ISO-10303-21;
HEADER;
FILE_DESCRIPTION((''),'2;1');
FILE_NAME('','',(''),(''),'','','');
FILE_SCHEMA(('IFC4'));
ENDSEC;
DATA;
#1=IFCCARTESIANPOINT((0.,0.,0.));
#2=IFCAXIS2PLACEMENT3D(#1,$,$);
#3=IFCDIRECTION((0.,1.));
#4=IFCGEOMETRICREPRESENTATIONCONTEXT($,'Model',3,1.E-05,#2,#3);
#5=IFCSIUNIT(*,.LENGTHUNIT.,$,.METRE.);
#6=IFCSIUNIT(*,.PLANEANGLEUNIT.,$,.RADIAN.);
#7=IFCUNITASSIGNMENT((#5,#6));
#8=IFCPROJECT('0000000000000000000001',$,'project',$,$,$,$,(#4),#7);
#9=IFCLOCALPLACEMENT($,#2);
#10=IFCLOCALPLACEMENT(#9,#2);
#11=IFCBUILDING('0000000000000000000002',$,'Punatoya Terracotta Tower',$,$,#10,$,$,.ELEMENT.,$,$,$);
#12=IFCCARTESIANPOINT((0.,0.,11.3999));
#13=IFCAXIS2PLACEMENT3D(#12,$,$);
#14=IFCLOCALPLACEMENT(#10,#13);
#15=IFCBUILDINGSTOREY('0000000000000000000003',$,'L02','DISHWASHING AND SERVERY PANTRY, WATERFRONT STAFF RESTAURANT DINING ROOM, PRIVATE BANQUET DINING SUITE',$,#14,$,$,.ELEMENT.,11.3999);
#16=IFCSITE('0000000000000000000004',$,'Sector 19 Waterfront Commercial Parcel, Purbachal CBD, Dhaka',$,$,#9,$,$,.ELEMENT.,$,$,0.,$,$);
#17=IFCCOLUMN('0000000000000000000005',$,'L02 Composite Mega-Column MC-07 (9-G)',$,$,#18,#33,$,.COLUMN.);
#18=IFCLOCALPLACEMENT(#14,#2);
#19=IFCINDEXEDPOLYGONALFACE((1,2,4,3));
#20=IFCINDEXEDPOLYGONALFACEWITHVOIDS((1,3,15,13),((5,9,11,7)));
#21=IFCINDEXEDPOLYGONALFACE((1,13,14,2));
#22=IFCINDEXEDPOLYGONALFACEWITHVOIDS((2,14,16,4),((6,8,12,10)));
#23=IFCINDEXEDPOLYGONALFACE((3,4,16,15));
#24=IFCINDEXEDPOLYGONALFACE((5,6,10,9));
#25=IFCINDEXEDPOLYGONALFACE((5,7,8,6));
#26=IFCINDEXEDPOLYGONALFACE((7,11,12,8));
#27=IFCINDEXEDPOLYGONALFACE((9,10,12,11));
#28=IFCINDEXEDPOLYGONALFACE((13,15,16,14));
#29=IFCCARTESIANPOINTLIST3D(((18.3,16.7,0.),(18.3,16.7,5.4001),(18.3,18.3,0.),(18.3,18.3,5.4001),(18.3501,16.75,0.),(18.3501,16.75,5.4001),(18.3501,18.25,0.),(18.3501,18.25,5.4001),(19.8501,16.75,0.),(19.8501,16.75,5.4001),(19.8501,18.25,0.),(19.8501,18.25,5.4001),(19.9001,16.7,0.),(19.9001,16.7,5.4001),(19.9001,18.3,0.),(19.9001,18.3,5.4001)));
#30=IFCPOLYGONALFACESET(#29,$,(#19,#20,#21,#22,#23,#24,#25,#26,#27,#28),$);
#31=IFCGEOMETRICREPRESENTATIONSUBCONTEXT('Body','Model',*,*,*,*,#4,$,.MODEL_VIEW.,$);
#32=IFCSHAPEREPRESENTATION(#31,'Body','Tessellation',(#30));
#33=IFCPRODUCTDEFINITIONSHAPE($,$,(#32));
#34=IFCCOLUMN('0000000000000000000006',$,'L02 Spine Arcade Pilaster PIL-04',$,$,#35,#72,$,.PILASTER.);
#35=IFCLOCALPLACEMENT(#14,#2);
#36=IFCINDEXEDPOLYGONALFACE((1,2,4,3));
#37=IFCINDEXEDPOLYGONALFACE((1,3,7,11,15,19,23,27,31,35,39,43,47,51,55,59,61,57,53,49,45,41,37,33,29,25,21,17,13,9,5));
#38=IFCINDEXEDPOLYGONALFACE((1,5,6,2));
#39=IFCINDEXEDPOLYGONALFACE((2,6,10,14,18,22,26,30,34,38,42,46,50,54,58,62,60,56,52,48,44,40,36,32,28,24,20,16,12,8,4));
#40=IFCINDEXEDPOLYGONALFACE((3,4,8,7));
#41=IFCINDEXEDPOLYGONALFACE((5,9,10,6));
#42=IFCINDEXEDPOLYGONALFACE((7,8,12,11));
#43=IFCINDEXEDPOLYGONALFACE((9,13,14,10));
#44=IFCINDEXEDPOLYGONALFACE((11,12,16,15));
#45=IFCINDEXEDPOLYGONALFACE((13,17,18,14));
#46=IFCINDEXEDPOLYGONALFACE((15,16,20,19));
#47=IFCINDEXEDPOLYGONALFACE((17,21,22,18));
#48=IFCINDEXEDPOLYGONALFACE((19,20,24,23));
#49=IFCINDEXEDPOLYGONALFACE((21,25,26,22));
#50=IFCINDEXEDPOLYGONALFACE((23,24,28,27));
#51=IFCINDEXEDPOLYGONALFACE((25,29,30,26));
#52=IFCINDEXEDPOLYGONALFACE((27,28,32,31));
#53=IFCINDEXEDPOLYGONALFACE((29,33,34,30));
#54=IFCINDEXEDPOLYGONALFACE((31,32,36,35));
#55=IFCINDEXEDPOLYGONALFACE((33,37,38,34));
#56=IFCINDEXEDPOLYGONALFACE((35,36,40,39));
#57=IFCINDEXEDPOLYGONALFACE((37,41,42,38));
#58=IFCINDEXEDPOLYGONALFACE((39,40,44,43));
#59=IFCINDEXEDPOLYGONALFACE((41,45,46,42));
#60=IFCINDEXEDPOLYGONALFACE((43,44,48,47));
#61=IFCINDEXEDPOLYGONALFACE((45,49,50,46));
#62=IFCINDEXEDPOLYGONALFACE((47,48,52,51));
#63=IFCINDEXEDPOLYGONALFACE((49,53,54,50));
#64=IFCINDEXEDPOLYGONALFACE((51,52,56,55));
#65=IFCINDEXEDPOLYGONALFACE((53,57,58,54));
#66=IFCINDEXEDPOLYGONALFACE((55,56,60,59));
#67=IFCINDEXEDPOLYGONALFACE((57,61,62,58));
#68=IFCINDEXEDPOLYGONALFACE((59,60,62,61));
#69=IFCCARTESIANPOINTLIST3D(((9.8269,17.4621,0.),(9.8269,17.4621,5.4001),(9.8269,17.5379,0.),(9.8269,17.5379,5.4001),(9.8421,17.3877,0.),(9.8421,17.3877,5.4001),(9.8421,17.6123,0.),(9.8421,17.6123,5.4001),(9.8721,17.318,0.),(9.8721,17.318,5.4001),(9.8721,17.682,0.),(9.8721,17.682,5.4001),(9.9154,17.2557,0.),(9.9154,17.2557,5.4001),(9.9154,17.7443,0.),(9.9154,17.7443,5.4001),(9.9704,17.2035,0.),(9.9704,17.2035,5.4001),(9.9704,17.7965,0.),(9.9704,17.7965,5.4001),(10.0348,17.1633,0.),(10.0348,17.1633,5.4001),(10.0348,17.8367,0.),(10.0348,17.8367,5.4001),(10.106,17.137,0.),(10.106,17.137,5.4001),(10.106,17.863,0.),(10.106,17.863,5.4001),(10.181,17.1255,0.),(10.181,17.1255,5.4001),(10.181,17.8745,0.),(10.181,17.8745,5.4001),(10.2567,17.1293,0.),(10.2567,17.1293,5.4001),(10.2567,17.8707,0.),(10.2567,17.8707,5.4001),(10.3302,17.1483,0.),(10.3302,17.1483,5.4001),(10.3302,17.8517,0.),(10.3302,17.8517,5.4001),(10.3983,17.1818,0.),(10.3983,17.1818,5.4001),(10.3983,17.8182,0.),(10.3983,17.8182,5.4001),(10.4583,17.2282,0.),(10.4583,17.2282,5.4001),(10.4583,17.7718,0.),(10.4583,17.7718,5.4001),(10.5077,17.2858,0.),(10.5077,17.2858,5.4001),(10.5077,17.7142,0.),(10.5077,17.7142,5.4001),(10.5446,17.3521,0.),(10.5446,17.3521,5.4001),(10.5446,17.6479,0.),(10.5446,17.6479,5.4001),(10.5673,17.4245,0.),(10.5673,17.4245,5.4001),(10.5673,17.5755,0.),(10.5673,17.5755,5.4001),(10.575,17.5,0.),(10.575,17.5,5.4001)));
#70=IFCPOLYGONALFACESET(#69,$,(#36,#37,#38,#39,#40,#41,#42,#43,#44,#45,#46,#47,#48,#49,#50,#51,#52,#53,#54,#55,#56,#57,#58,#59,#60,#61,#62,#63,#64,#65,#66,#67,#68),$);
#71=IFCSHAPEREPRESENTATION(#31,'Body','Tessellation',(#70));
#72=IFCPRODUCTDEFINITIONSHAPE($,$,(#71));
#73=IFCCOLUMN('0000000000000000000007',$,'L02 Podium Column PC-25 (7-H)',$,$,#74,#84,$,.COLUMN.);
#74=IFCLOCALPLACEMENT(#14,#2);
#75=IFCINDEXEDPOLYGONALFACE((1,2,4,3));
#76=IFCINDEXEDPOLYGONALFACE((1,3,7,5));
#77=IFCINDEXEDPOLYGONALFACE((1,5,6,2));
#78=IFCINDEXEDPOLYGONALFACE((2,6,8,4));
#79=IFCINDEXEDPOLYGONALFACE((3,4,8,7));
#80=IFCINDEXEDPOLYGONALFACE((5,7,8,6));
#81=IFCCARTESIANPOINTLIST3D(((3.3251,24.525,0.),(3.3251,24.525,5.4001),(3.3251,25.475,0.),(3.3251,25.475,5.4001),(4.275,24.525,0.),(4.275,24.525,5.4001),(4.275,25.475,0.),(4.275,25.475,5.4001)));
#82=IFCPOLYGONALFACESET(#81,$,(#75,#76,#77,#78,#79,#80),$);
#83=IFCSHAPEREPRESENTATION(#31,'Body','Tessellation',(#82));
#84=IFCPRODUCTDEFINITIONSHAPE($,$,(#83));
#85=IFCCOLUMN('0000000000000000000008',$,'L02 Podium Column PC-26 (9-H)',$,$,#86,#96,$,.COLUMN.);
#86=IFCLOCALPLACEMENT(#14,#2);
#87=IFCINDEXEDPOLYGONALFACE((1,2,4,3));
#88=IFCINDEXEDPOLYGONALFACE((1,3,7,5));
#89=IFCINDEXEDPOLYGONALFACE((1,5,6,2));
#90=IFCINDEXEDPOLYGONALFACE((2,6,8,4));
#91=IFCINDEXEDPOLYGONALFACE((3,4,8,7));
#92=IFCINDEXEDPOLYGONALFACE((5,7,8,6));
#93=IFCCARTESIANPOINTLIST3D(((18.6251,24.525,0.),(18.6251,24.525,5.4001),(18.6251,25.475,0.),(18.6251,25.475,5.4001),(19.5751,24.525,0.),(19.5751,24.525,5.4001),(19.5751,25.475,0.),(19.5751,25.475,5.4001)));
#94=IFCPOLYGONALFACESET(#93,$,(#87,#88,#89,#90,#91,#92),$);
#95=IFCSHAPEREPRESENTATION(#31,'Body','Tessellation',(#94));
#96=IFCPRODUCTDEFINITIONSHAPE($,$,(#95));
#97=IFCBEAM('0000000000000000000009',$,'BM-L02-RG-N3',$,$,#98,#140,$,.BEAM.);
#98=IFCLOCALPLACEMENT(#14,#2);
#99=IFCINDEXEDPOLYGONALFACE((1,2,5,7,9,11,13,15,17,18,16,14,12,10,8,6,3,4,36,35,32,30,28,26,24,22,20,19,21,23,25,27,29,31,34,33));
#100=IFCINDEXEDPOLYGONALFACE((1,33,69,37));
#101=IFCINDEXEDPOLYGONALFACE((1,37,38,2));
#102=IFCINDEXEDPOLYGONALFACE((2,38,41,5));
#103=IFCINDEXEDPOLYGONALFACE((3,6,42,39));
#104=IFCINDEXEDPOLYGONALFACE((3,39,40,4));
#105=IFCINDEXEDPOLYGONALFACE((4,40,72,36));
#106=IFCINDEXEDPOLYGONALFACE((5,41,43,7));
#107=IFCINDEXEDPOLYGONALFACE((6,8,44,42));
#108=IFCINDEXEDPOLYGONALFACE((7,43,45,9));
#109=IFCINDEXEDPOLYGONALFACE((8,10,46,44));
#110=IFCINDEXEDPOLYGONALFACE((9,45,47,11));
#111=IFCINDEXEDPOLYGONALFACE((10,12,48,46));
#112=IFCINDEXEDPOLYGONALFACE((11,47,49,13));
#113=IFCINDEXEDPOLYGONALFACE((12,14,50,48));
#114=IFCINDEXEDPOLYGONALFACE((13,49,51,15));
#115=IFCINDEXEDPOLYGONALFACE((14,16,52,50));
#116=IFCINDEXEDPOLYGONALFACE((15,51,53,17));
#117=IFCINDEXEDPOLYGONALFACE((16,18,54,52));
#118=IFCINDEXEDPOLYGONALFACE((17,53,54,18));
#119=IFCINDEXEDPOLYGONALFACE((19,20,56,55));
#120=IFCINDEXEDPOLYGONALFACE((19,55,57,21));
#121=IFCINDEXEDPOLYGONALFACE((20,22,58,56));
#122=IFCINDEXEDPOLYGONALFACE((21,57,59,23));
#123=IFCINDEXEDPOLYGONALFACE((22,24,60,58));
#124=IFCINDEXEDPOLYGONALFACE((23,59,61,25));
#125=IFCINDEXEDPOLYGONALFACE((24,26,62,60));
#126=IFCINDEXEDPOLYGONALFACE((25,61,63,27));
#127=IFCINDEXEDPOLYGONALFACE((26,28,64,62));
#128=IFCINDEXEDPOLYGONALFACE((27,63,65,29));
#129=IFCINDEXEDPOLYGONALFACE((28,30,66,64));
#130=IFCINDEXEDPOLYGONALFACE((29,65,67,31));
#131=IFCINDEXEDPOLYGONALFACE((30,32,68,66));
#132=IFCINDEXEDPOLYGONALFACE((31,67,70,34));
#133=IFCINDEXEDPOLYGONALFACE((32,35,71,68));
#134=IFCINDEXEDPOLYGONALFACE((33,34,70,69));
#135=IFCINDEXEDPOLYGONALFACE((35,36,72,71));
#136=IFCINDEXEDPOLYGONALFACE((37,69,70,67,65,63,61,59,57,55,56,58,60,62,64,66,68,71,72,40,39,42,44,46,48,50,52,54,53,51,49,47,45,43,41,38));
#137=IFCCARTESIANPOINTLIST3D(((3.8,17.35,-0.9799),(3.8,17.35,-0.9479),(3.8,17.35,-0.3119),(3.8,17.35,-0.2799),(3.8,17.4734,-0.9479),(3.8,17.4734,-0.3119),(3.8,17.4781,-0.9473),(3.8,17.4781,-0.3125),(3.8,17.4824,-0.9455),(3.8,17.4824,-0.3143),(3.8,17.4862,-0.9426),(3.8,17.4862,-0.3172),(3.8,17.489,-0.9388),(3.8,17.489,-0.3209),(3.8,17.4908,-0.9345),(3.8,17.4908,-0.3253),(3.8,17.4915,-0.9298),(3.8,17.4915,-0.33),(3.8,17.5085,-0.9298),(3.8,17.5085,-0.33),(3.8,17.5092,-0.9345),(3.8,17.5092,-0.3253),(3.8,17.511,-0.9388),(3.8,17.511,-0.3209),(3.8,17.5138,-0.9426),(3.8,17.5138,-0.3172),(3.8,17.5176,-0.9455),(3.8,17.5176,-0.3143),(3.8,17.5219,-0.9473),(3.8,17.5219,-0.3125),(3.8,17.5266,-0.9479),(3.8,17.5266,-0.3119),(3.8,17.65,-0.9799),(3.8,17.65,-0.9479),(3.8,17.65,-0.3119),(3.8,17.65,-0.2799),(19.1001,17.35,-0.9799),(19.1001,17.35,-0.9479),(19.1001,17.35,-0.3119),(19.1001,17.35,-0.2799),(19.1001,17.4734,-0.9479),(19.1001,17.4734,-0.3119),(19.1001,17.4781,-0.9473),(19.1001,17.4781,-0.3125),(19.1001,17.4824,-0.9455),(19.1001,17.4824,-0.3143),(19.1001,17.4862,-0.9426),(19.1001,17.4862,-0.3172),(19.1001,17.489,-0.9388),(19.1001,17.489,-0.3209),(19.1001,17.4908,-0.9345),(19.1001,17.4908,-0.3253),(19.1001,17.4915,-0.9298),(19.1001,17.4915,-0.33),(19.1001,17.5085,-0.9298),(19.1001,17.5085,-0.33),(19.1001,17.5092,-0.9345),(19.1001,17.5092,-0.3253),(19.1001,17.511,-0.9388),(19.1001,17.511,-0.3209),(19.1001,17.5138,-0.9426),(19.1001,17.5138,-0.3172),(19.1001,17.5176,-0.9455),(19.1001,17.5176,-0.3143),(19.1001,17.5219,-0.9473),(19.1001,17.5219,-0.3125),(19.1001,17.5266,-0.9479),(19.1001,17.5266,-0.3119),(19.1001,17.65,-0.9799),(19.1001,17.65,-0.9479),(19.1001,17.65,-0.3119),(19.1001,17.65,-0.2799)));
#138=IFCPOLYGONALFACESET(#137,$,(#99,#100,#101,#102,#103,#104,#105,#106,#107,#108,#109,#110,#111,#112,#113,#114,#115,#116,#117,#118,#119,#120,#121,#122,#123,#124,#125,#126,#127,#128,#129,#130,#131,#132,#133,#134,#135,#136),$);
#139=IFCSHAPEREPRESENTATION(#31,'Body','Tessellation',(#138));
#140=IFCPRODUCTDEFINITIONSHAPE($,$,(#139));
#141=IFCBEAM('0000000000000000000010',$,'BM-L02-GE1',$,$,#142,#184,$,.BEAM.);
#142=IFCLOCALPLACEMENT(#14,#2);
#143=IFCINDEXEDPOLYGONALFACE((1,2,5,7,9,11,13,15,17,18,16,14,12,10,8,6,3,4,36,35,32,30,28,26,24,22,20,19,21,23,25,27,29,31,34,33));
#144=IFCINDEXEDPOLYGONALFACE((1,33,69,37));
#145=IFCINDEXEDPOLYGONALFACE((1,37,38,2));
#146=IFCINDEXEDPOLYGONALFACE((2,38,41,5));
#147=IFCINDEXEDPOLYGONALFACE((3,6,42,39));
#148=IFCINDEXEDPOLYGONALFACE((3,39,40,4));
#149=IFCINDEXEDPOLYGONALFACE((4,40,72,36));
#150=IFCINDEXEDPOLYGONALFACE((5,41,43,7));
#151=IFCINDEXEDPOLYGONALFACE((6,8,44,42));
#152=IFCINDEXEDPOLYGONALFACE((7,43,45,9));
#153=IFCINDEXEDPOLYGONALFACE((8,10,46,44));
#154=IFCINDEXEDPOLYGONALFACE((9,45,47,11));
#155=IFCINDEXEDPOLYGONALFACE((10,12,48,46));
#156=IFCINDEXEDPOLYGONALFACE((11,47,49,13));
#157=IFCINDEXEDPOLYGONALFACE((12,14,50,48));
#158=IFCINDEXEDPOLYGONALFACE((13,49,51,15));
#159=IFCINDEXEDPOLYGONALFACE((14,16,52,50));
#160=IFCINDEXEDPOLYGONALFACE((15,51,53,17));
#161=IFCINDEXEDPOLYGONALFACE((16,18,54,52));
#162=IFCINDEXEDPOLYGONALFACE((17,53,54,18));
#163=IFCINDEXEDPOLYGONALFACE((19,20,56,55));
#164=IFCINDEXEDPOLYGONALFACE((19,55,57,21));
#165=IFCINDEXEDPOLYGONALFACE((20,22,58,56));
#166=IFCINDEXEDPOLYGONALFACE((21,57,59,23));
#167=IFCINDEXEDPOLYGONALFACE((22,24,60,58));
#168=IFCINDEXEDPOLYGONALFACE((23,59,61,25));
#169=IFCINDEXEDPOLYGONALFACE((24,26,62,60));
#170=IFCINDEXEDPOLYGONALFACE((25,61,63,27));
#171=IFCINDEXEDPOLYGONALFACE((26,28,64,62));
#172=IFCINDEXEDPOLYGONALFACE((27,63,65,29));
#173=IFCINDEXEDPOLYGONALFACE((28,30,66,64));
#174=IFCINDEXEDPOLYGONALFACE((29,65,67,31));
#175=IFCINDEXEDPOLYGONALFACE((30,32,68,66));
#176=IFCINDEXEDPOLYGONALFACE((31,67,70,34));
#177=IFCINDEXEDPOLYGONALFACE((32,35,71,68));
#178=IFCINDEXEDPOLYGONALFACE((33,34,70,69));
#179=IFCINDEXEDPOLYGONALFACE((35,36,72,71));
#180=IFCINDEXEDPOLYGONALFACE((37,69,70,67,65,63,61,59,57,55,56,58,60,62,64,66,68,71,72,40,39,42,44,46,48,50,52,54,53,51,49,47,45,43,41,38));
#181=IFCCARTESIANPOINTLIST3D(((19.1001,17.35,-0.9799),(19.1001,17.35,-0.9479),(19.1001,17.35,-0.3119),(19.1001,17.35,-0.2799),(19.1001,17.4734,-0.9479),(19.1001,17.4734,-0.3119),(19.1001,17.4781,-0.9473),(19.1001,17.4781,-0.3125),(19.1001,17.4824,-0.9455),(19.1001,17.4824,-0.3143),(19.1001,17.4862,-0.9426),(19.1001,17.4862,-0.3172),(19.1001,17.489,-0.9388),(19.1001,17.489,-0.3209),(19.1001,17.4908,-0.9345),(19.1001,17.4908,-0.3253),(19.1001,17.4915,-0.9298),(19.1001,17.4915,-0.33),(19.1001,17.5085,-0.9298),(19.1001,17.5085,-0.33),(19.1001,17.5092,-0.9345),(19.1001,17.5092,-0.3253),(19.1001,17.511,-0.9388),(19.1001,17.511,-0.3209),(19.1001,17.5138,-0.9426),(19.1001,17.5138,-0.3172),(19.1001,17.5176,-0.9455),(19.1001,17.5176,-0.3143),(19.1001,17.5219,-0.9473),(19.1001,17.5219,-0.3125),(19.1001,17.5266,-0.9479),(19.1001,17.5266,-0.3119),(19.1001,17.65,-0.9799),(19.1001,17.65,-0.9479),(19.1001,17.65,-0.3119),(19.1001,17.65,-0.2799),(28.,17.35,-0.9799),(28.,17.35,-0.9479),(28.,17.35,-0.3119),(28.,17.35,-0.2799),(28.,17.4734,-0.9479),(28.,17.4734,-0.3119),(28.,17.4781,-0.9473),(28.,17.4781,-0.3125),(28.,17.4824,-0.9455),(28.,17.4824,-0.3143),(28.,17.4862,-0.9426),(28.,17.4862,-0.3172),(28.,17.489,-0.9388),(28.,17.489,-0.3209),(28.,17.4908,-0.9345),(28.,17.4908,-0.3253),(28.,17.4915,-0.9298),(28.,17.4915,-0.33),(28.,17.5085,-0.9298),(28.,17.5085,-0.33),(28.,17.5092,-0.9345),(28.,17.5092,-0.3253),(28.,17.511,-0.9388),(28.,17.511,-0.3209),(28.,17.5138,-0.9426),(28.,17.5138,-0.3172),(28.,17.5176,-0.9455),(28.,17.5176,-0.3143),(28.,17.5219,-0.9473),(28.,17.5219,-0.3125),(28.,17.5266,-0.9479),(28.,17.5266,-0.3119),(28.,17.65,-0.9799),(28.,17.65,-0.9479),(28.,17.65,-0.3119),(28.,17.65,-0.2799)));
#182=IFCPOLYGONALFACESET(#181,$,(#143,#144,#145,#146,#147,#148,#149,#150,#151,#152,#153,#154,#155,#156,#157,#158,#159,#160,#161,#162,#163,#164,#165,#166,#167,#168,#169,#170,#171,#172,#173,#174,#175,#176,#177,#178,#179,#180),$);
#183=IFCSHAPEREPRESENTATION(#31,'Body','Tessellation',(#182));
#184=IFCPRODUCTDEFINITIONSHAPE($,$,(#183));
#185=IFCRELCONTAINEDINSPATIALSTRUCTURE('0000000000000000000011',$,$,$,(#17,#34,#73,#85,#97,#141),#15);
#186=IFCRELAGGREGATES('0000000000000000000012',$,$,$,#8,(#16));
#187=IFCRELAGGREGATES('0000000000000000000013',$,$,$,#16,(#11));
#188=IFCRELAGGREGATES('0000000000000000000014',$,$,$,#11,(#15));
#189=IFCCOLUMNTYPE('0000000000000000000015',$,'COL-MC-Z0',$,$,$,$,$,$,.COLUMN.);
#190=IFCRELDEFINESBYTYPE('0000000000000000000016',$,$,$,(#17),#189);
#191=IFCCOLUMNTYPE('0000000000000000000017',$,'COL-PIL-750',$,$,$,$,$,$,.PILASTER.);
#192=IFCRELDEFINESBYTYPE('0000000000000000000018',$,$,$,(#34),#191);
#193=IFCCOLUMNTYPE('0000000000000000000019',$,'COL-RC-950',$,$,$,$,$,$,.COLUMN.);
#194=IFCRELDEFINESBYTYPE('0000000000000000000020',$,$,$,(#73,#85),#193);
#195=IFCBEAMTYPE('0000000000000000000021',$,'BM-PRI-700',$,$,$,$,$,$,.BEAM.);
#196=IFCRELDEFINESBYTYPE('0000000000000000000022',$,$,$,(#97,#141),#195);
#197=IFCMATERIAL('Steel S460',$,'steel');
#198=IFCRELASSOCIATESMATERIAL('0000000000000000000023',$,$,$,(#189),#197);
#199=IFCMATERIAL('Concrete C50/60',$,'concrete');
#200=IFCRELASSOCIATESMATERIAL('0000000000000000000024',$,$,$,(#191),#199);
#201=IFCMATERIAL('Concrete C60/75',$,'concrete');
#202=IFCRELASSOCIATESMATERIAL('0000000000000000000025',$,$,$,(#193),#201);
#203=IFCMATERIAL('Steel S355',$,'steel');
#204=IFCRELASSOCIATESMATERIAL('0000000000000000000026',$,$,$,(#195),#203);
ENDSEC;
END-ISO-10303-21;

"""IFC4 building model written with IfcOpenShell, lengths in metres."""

from ifc_helpers import new_model, si_unit, direction, frame, origin, origin_2d, place, context, subcontext, project, spatial, rectangle, hollow_rectangle, circle, i_section, extrude, material, material_profile, profile_set, type_object, element, save


model = new_model("IFC4")

# Units and contexts
model_context = context("Model", 3, precision=1e-05, world=origin(), true_north=direction((0.0, 1.0)))
body_context = subcontext(model_context, "Body", "Model", "MODEL_VIEW")
ifc_project = project(units=[si_unit("LENGTHUNIT", "METRE"), si_unit("PLANEANGLEUNIT", "RADIAN")], contexts=[model_context])

# Site, building, storey
site_placement = place(None, origin())
site = spatial("IfcSite", under=ifc_project, at=site_placement, Name="Sector 19 Waterfront Commercial Parcel, Purbachal CBD, Dhaka", CompositionType="ELEMENT", RefElevation=0.0)
building_placement = place(site_placement, origin())
building = spatial("IfcBuilding", under=site, at=building_placement, Name="Punatoya Terracotta Tower", CompositionType="ELEMENT")
storey_placement = place(building_placement, frame((0.0, 0.0, 11.3999)))
storey = spatial("IfcBuildingStorey", under=building, at=storey_placement, Name="L02", Description="DISHWASHING AND SERVERY PANTRY, WATERFRONT STAFF RESTAURANT DINING ROOM, PRIVATE BANQUET DINING SUITE", CompositionType="ELEMENT", Elevation=11.3999)

# Columns
ifc_material_1 = material(Name="Steel S460", Category="steel")
ifc_material_profile_1 = material_profile(ifc_material_1, hollow_rectangle(XDim=1.6001, YDim=1.6001, WallThickness=0.05, at=origin_2d()))
ifc_profile_set_1 = profile_set([ifc_material_profile_1], Name="Steel S460")
column_type_1 = type_object("IfcColumnType", Name="COL-MC-Z0", PredefinedType="COLUMN", material=ifc_profile_set_1)
column_1_placement = place(storey_placement, frame((19.1001, 17.5, 0.0), z_axis=(0.0, 0.0, 1.0), x_axis=(1.0, 0.0, 0.0)))
element("IfcColumn", 1, at=column_1_placement, inside=storey, type_object=column_type_1, Name="L02 Composite Mega-Column MC-07 (9-G)", PredefinedType="COLUMN", context=body_context, shape_type="SweptSolid", body=[
    extrude(hollow_rectangle(XDim=1.6001, YDim=1.6001, WallThickness=0.05, at=origin_2d()), origin(), (0.0, 0.0, 1.0), 5.4001),
])
ifc_material_2 = material(Name="Concrete C50/60", Category="concrete")
ifc_material_profile_2 = material_profile(ifc_material_2, circle(Radius=0.375, at=origin_2d()))
ifc_profile_set_2 = profile_set([ifc_material_profile_2], Name="Concrete C50/60")
column_type_2 = type_object("IfcColumnType", Name="COL-PIL-750", PredefinedType="PILASTER", material=ifc_profile_set_2)
column_2_placement = place(storey_placement, frame((10.2, 17.5, 0.0), z_axis=(0.0, 0.0, 1.0), x_axis=(1.0, 0.0, 0.0)))
element("IfcColumn", 2, at=column_2_placement, inside=storey, type_object=column_type_2, Name="L02 Spine Arcade Pilaster PIL-04", PredefinedType="PILASTER", context=body_context, shape_type="SweptSolid", body=[
    extrude(circle(Radius=0.375, at=origin_2d()), origin(), (0.0, 0.0, 1.0), 5.4001),
])
ifc_material_3 = material(Name="Concrete C60/75", Category="concrete")
ifc_material_profile_3 = material_profile(ifc_material_3, rectangle(XDim=0.95, YDim=0.95, at=origin_2d()))
ifc_profile_set_3 = profile_set([ifc_material_profile_3], Name="Concrete C60/75")
column_type_3 = type_object("IfcColumnType", Name="COL-RC-950", PredefinedType="COLUMN", material=ifc_profile_set_3)
for number, where, z_axis, x_axis, name in (
    (3, (3.8, 25.0, 0.0), (0.0, 0.0, 1.0), (1.0, 0.0, 0.0), "L02 Podium Column PC-25 (7-H)"),
    (4, (19.1001, 25.0, 0.0), (0.0, 0.0, 1.0), (1.0, 0.0, 0.0), "L02 Podium Column PC-26 (9-H)"),
):
    element("IfcColumn", number, at=place(storey_placement, frame(where, z_axis=z_axis, x_axis=x_axis)), inside=storey, type_object=column_type_3, Name=name, PredefinedType="COLUMN", context=body_context, shape_type="SweptSolid", body=[
        extrude(rectangle(XDim=0.95, YDim=0.95, at=origin_2d()), origin(), (0.0, 0.0, 1.0), 5.4001),
    ])

# Beams
ifc_material_4 = material(Name="Steel S355", Category="steel")
ifc_material_profile_4 = material_profile(ifc_material_4, i_section(OverallWidth=0.3, OverallDepth=0.7, WebThickness=0.0171, FlangeThickness=0.032, FilletRadius=0.0181, at=origin_2d()))
ifc_profile_set_4 = profile_set([ifc_material_profile_4], Name="Steel S355")
beam_type_1 = type_object("IfcBeamType", Name="BM-PRI-700", PredefinedType="BEAM", material=ifc_profile_set_4)
beam_1_placement = place(storey_placement, frame((3.8, 17.5, -0.6299), z_axis=(1.0, 0.0, 0.0), x_axis=(0.0, 1.0, 0.0)))
element("IfcBeam", 5, at=beam_1_placement, inside=storey, type_object=beam_type_1, Name="BM-L02-RG-N3", PredefinedType="BEAM", context=body_context, shape_type="SweptSolid", body=[
    extrude(i_section(OverallWidth=0.3, OverallDepth=0.7, WebThickness=0.0171, FlangeThickness=0.032, FilletRadius=0.0181, at=origin_2d()), origin(), (0.0, 0.0, 1.0), 15.3),
])
beam_2_placement = place(storey_placement, frame((19.1001, 17.5, -0.6299), z_axis=(1.0, 0.0, 0.0), x_axis=(0.0, 1.0, 0.0)))
element("IfcBeam", 6, at=beam_2_placement, inside=storey, type_object=beam_type_1, Name="BM-L02-GE1", PredefinedType="BEAM", context=body_context, shape_type="SweptSolid", body=[
    extrude(i_section(OverallWidth=0.3, OverallDepth=0.7, WebThickness=0.0171, FlangeThickness=0.032, FilletRadius=0.0181, at=origin_2d()), origin(), (0.0, 0.0, 1.0), 8.8999),
])

save(model, "model.ifc")
